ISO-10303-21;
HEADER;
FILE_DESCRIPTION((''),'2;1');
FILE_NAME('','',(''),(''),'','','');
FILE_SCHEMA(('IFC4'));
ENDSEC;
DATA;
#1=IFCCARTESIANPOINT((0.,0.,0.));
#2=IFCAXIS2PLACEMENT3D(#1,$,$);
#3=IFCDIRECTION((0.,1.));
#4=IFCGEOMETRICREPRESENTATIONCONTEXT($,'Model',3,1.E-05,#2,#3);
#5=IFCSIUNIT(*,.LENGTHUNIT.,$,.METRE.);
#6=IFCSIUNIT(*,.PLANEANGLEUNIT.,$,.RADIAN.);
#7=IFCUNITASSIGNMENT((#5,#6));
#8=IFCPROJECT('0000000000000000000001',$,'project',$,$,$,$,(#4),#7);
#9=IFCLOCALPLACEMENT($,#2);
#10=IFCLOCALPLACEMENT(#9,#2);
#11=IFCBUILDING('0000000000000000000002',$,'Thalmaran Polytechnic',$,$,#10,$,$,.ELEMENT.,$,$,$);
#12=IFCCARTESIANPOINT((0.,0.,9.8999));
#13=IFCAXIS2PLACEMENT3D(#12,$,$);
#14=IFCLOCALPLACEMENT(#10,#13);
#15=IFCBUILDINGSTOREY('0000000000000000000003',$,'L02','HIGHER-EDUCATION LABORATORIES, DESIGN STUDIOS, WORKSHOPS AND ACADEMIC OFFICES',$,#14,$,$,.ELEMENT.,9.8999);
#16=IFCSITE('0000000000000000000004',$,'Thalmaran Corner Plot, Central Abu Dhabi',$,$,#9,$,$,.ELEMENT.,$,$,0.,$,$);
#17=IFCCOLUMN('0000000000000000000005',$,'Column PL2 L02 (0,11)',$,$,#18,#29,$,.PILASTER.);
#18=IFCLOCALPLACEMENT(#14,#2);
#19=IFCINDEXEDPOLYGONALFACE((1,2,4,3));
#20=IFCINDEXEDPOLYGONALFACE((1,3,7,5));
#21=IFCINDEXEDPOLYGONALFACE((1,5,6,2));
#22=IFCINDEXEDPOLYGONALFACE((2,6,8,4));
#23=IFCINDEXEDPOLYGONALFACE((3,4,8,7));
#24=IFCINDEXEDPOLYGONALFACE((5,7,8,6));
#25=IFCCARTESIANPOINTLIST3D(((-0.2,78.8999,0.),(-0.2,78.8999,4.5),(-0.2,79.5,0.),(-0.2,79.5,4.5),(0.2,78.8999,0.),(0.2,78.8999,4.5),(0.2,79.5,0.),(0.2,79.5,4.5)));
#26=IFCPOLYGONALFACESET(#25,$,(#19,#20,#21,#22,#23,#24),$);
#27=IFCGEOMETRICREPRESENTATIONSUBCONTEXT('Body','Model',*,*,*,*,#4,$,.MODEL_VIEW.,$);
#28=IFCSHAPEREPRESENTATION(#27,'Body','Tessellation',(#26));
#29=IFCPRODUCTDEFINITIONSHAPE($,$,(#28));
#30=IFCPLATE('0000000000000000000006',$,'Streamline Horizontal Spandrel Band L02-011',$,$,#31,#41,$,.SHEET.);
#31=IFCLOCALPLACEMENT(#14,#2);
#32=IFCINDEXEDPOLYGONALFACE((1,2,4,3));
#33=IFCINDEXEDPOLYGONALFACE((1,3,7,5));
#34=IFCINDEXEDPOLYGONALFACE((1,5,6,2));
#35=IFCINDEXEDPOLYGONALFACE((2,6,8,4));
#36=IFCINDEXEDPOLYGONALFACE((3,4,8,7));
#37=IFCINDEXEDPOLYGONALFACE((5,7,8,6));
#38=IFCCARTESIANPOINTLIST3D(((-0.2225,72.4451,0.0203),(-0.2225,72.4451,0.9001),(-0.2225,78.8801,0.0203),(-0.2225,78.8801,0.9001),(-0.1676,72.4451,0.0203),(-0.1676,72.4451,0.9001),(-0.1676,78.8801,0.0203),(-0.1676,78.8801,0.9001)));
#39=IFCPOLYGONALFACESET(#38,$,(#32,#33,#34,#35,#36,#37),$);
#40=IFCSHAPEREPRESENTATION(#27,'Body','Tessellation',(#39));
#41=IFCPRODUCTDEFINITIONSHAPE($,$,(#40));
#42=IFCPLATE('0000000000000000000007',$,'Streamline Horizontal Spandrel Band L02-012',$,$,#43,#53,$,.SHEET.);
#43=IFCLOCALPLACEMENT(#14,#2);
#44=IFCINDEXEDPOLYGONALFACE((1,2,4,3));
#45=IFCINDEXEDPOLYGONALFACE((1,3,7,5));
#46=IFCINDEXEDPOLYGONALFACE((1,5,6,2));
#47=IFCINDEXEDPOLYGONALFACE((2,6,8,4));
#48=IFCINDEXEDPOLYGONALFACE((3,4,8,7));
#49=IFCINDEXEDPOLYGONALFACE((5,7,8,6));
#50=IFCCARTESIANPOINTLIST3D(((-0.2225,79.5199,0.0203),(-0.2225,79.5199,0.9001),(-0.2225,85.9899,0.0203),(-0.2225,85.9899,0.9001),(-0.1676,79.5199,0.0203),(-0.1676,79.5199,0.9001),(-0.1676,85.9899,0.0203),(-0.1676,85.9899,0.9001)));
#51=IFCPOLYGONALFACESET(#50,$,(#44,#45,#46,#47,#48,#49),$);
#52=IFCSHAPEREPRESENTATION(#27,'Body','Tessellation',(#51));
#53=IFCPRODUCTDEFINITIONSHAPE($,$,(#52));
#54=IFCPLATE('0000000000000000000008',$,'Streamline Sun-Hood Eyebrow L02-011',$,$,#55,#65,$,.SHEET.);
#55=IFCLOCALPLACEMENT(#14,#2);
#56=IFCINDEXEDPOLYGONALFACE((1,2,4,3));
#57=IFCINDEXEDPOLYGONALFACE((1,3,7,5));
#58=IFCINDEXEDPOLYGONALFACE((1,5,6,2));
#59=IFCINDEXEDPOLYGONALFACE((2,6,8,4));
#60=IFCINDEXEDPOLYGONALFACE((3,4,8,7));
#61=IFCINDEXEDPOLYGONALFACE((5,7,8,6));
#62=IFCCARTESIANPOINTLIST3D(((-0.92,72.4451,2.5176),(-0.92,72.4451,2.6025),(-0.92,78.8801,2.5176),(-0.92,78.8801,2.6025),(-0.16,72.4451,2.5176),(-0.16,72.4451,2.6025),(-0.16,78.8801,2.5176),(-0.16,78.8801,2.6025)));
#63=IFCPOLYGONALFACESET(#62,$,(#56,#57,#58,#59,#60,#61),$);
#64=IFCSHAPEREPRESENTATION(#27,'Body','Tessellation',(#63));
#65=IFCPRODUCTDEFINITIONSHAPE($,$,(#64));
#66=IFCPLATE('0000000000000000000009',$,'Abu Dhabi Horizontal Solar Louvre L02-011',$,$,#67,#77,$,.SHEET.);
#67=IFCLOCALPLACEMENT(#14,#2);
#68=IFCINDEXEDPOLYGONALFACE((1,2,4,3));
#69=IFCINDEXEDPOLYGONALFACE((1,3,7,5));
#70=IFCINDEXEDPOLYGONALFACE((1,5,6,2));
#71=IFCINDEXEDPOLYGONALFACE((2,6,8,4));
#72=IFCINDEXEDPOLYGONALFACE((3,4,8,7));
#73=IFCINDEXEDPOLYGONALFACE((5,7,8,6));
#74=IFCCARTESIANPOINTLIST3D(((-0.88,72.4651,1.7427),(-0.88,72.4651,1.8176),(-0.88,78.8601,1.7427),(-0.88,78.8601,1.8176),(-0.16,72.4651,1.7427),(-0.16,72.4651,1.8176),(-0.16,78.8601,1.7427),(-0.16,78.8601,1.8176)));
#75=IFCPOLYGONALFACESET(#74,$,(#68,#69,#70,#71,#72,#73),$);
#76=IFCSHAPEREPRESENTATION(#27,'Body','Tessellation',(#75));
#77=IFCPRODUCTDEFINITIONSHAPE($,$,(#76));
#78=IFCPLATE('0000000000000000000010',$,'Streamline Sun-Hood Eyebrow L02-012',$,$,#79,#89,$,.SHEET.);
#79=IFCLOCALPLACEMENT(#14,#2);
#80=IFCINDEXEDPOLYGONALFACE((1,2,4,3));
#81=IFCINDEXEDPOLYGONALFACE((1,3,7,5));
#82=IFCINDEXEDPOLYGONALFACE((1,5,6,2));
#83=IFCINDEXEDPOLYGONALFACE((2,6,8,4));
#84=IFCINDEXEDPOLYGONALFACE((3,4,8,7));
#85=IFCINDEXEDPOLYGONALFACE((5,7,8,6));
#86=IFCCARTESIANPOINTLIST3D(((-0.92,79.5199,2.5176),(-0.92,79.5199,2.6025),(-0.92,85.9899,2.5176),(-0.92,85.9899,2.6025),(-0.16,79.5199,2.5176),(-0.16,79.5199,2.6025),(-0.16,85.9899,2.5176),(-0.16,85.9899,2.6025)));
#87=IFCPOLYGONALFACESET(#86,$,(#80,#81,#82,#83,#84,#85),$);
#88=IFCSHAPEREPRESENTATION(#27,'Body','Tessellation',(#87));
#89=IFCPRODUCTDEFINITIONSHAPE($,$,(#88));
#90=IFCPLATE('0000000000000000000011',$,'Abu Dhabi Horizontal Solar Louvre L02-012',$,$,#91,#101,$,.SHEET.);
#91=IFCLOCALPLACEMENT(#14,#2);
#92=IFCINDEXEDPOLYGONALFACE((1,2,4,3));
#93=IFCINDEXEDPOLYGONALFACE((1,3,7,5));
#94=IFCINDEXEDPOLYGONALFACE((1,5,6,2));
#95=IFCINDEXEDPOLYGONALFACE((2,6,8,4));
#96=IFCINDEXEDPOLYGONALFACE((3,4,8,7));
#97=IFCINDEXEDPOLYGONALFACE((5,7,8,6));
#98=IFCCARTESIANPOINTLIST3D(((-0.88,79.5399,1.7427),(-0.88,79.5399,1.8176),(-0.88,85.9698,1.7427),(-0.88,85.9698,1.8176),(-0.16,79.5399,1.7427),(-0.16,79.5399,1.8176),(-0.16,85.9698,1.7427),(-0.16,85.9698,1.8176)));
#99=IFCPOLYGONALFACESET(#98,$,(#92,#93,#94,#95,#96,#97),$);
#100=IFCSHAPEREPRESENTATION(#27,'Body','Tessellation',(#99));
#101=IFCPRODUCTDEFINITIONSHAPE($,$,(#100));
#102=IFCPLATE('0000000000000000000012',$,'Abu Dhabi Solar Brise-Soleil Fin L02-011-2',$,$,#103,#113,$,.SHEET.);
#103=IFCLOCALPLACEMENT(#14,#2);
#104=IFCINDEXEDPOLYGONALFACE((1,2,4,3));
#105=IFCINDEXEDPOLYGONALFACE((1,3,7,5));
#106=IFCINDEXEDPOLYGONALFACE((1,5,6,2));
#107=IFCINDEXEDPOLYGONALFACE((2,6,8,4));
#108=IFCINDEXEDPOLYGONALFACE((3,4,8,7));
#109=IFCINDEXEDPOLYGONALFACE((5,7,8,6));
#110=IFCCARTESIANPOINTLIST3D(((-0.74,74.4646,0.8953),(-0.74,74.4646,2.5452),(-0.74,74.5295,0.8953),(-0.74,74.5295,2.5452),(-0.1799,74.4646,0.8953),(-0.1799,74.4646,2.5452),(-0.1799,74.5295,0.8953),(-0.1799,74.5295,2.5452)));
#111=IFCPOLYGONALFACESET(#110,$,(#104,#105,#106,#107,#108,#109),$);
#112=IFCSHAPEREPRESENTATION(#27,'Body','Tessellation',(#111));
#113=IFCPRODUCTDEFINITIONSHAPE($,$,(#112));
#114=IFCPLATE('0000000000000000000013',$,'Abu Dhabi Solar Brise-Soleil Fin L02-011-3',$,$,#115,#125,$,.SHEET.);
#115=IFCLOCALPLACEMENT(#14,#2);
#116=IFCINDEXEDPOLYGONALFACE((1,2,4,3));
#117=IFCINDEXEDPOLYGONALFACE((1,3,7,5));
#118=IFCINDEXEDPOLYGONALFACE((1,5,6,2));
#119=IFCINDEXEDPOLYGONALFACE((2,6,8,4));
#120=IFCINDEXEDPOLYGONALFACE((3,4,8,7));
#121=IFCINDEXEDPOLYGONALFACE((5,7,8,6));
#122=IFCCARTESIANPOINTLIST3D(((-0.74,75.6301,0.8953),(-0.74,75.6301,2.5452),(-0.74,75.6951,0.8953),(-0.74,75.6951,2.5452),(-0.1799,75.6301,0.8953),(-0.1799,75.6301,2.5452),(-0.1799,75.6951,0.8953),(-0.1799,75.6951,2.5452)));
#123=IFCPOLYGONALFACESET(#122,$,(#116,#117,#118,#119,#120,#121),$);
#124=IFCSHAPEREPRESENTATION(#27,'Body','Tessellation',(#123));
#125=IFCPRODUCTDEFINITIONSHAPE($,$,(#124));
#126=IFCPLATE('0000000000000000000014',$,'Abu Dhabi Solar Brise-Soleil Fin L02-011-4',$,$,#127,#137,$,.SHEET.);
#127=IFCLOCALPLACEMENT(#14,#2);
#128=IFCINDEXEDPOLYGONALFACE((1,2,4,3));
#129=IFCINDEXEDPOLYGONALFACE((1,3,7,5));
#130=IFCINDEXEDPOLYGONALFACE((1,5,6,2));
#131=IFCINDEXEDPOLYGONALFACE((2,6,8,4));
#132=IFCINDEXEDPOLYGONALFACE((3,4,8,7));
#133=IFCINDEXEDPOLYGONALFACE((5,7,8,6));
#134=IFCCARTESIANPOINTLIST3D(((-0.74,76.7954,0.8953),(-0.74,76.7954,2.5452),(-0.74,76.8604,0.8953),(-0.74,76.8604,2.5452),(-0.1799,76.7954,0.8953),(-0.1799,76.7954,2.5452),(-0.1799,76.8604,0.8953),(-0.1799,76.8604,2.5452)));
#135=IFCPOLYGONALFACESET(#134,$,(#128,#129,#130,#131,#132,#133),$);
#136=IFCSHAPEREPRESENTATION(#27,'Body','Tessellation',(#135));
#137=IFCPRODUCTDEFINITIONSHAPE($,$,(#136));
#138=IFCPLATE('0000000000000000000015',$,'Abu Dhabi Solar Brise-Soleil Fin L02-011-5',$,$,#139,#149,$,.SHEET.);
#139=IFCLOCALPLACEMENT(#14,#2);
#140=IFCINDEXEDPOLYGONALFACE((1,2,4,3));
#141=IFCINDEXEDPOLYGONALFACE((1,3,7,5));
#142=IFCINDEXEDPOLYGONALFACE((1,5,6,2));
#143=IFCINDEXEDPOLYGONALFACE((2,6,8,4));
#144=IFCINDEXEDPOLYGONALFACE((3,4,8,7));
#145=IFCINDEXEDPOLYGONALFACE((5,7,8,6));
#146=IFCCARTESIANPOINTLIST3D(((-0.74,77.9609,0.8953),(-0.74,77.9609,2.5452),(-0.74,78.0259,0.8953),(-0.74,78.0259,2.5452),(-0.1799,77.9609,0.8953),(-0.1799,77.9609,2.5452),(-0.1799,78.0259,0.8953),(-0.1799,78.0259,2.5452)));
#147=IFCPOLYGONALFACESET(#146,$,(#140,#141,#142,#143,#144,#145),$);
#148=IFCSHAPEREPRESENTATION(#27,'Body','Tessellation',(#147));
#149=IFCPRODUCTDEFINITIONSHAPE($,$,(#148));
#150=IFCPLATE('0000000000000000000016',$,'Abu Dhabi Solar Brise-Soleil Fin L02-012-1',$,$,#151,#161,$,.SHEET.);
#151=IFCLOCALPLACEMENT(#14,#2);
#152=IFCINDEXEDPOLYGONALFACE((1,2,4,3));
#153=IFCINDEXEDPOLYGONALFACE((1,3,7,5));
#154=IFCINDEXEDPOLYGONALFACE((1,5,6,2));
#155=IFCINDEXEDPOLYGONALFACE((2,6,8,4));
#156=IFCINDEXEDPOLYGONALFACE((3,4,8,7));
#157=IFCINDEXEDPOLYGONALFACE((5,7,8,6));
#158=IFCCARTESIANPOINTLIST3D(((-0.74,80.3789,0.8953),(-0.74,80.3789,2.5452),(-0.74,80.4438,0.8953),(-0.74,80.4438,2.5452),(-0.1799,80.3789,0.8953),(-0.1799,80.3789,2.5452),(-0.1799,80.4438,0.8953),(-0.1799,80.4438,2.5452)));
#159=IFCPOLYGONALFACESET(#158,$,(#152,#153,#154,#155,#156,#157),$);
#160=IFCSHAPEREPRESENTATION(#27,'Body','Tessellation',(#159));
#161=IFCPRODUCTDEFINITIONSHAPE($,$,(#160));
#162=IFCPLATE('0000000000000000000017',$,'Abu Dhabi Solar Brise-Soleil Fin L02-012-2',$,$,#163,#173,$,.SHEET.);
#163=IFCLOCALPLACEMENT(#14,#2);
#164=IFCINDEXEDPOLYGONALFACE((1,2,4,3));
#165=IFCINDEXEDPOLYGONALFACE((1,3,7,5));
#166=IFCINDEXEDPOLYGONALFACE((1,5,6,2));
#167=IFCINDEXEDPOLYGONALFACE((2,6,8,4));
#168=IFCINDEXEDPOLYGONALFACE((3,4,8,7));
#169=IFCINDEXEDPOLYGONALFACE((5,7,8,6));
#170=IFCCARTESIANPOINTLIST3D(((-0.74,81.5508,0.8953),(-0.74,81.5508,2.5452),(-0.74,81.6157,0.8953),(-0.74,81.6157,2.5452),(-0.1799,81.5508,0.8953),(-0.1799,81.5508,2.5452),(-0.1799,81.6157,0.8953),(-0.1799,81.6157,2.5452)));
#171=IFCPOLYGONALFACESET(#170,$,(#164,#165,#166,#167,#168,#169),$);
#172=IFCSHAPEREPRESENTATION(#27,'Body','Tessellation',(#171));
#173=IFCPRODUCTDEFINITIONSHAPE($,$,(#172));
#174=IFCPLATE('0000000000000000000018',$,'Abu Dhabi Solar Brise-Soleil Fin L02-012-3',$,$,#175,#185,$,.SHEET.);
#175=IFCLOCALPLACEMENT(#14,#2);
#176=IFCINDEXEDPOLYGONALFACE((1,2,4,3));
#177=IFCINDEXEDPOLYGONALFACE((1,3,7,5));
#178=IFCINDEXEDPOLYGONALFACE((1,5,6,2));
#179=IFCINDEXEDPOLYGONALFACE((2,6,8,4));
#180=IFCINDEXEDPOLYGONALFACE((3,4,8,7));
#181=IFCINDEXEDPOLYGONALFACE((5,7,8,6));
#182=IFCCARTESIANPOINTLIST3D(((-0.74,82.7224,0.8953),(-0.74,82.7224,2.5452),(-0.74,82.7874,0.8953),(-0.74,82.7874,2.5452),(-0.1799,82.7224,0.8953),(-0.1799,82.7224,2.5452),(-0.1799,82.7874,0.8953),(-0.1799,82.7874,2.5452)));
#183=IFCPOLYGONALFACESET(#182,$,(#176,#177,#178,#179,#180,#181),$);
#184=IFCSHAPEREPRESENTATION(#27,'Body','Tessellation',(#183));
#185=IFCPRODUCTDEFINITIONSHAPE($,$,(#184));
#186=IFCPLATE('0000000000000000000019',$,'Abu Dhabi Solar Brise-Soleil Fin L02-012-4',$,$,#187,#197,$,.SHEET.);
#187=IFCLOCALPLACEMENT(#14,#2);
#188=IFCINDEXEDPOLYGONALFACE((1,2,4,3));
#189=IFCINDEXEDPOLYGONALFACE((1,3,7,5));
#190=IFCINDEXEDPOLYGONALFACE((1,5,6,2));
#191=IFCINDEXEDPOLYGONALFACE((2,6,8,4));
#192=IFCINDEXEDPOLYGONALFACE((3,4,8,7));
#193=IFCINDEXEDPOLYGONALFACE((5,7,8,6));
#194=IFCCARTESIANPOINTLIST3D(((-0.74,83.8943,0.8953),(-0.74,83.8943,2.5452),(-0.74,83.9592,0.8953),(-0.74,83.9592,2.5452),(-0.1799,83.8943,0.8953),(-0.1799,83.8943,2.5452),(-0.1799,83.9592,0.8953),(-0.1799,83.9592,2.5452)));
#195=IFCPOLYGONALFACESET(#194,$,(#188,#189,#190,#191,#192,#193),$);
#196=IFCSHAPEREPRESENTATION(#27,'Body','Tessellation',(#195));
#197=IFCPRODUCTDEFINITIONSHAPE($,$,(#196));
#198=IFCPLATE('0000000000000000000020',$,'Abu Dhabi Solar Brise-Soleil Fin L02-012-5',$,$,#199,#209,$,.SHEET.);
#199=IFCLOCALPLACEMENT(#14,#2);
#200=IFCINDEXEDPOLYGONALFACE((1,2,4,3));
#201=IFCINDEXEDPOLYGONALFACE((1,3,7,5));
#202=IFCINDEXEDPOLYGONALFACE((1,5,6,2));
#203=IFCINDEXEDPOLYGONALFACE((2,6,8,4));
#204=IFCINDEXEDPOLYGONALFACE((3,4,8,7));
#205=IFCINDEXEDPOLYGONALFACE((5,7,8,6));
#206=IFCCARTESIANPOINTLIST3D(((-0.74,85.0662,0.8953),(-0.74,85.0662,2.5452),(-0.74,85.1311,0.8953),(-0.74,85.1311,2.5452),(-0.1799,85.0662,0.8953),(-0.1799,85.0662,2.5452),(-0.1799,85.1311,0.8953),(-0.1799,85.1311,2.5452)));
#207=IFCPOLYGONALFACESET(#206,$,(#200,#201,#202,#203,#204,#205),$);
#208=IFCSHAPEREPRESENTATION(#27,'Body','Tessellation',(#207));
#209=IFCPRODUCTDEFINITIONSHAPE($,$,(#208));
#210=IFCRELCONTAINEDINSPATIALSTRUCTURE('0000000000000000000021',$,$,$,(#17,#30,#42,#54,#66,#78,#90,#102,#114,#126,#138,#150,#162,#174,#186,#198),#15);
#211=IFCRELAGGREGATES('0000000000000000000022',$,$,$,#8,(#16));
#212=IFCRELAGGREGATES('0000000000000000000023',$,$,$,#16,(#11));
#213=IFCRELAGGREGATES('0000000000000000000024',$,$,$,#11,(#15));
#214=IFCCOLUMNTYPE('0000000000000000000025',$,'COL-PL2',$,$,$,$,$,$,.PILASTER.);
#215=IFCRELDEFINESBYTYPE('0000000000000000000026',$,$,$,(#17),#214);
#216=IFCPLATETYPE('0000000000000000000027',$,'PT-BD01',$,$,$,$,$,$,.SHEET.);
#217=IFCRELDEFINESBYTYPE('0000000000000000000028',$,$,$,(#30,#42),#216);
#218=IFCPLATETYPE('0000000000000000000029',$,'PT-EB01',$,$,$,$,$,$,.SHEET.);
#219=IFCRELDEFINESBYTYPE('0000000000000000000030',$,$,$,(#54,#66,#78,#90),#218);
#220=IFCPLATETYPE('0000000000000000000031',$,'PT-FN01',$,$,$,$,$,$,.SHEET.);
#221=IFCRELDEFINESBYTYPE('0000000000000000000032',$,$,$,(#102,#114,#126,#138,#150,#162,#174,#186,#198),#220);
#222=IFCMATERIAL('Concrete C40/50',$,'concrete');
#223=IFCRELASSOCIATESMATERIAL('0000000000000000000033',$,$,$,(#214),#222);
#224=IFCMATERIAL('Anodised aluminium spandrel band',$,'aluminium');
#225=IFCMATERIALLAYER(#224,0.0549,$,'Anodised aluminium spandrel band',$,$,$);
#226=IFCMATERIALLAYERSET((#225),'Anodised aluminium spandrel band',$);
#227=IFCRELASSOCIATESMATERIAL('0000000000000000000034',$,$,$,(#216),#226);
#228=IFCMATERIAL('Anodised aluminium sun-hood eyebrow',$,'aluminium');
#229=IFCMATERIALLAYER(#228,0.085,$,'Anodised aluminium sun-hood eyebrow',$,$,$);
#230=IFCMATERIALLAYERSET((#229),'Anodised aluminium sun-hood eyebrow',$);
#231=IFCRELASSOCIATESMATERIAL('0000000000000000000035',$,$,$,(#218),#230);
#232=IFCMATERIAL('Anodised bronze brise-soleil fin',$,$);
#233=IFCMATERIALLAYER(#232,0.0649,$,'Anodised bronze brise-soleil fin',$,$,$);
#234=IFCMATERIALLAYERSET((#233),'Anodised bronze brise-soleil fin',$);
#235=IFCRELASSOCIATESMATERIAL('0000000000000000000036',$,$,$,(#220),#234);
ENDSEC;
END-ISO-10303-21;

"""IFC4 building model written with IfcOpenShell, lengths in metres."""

from ifc_helpers import new_model, si_unit, direction, frame, origin, origin_2d, place, context, subcontext, project, spatial, rectangle, extrude, material, layer, layer_set, material_profile, profile_set, type_object, element, save


model = new_model("IFC4")

# Units and contexts
model_context = context("Model", 3, precision=1e-05, world=origin(), true_north=direction((0.0, 1.0)))
body_context = subcontext(model_context, "Body", "Model", "MODEL_VIEW")
ifc_project = project(units=[si_unit("LENGTHUNIT", "METRE"), si_unit("PLANEANGLEUNIT", "RADIAN")], contexts=[model_context])

# Site, building, storey
site_placement = place(None, origin())
site = spatial("IfcSite", under=ifc_project, at=site_placement, Name="Thalmaran Corner Plot, Central Abu Dhabi", CompositionType="ELEMENT", RefElevation=0.0)
building_placement = place(site_placement, origin())
building = spatial("IfcBuilding", under=site, at=building_placement, Name="Thalmaran Polytechnic", CompositionType="ELEMENT")
storey_placement = place(building_placement, frame((0.0, 0.0, 9.8999)))
storey = spatial("IfcBuildingStorey", under=building, at=storey_placement, Name="L02", Description="HIGHER-EDUCATION LABORATORIES, DESIGN STUDIOS, WORKSHOPS AND ACADEMIC OFFICES", CompositionType="ELEMENT", Elevation=9.8999)

# Column
ifc_material_1 = material(Name="Concrete C40/50", Category="concrete")
ifc_material_profile = material_profile(ifc_material_1, rectangle(XDim=0.3999, YDim=0.6001, at=origin_2d()), Name="RC 400x600")
ifc_profile_set = profile_set([ifc_material_profile], Name="Concrete C40/50")
column_type = type_object("IfcColumnType", Name="COL-PL2", PredefinedType="PILASTER", material=ifc_profile_set)
column_placement = place(storey_placement, frame((0.0, 79.2, 0.0), z_axis=(0.0, 0.0, 1.0), x_axis=(1.0, 0.0, 0.0)))
element("IfcColumn", 1, at=column_placement, inside=storey, type_object=column_type, Name="Column PL2 L02 (0,11)", PredefinedType="PILASTER", context=body_context, shape_type="SweptSolid", body=[
    extrude(rectangle(XDim=0.3999, YDim=0.6001, at=origin_2d()), origin(), (0.0, 0.0, 1.0), 4.5),
])

# Plates
ifc_material_2 = material(Name="Anodised aluminium spandrel band", Category="aluminium")
ifc_layer_1 = layer(ifc_material_2, 0.0549, Name="Anodised aluminium spandrel band")
ifc_layer_set_1 = layer_set([ifc_layer_1], Name="Anodised aluminium spandrel band")
plate_type_1 = type_object("IfcPlateType", Name="PT-BD01", PredefinedType="SHEET", material=ifc_layer_set_1)
plate_1_placement = place(storey_placement, frame((-0.1951, 75.6626, 0.0203), z_axis=(0.0, 0.0, 1.0), x_axis=(0.0, 1.0, 0.0)))
element("IfcPlate", 2, at=plate_1_placement, inside=storey, type_object=plate_type_1, Name="Streamline Horizontal Spandrel Band L02-011", PredefinedType="SHEET", context=body_context, shape_type="SweptSolid", body=[
    extrude(rectangle(XDim=6.4351, YDim=0.0549, at=origin_2d()), origin(), (0.0, 0.0, 1.0), 0.8799),
])
plate_2_placement = place(storey_placement, frame((-0.1951, 82.7549, 0.0203), z_axis=(0.0, 0.0, 1.0), x_axis=(0.0, 1.0, 0.0)))
element("IfcPlate", 3, at=plate_2_placement, inside=storey, type_object=plate_type_1, Name="Streamline Horizontal Spandrel Band L02-012", PredefinedType="SHEET", context=body_context, shape_type="SweptSolid", body=[
    extrude(rectangle(XDim=6.47, YDim=0.0549, at=origin_2d()), origin(), (0.0, 0.0, 1.0), 0.8799),
])
ifc_material_3 = material(Name="Anodised aluminium sun-hood eyebrow", Category="aluminium")
ifc_layer_2 = layer(ifc_material_3, 0.085, Name="Anodised aluminium sun-hood eyebrow")
ifc_layer_set_2 = layer_set([ifc_layer_2], Name="Anodised aluminium sun-hood eyebrow")
plate_type_2 = type_object("IfcPlateType", Name="PT-EB01", PredefinedType="SHEET", material=ifc_layer_set_2)
plate_3_placement = place(storey_placement, frame((-0.54, 75.6626, 2.5176), z_axis=(0.0, 0.0, 1.0), x_axis=(0.0, 1.0, 0.0)))
element("IfcPlate", 4, at=plate_3_placement, inside=storey, type_object=plate_type_2, Name="Streamline Sun-Hood Eyebrow L02-011", PredefinedType="SHEET", context=body_context, shape_type="SweptSolid", body=[
    extrude(rectangle(XDim=6.4351, YDim=0.76, at=origin_2d()), origin(), (0.0, 0.0, 1.0), 0.085),
])
plate_4_placement = place(storey_placement, frame((-0.52, 75.6626, 1.7427), z_axis=(0.0, 0.0, 1.0), x_axis=(0.0, 1.0, 0.0)))
element("IfcPlate", 5, at=plate_4_placement, inside=storey, type_object=plate_type_2, Name="Abu Dhabi Horizontal Solar Louvre L02-011", PredefinedType="SHEET", context=body_context, shape_type="SweptSolid", body=[
    extrude(rectangle(XDim=6.395, YDim=0.72, at=origin_2d()), origin(), (0.0, 0.0, 1.0), 0.075),
])
plate_5_placement = place(storey_placement, frame((-0.54, 82.7549, 2.5176), z_axis=(0.0, 0.0, 1.0), x_axis=(0.0, 1.0, 0.0)))
element("IfcPlate", 6, at=plate_5_placement, inside=storey, type_object=plate_type_2, Name="Streamline Sun-Hood Eyebrow L02-012", PredefinedType="SHEET", context=body_context, shape_type="SweptSolid", body=[
    extrude(rectangle(XDim=6.47, YDim=0.76, at=origin_2d()), origin(), (0.0, 0.0, 1.0), 0.085),
])
plate_6_placement = place(storey_placement, frame((-0.52, 82.7549, 1.7427), z_axis=(0.0, 0.0, 1.0), x_axis=(0.0, 1.0, 0.0)))
element("IfcPlate", 7, at=plate_6_placement, inside=storey, type_object=plate_type_2, Name="Abu Dhabi Horizontal Solar Louvre L02-012", PredefinedType="SHEET", context=body_context, shape_type="SweptSolid", body=[
    extrude(rectangle(XDim=6.4299, YDim=0.72, at=origin_2d()), origin(), (0.0, 0.0, 1.0), 0.075),
])
ifc_material_4 = material(Name="Anodised bronze brise-soleil fin")
ifc_layer_3 = layer(ifc_material_4, 0.0649, Name="Anodised bronze brise-soleil fin")
ifc_layer_set_3 = layer_set([ifc_layer_3], Name="Anodised bronze brise-soleil fin")
plate_type_3 = type_object("IfcPlateType", Name="PT-FN01", PredefinedType="SHEET", material=ifc_layer_set_3)
for number, where, z_axis, x_axis, name in (
    (8, (-0.46, 74.4971, 0.8953), (0.0, 0.0, 1.0), (0.0, 1.0, 0.0), "Abu Dhabi Solar Brise-Soleil Fin L02-011-2"),
    (9, (-0.46, 75.6626, 0.8953), (0.0, 0.0, 1.0), (0.0, 1.0, 0.0), "Abu Dhabi Solar Brise-Soleil Fin L02-011-3"),
    (10, (-0.46, 76.8279, 0.8953), (0.0, 0.0, 1.0), (0.0, 1.0, 0.0), "Abu Dhabi Solar Brise-Soleil Fin L02-011-4"),
    (11, (-0.46, 77.9934, 0.8953), (0.0, 0.0, 1.0), (0.0, 1.0, 0.0), "Abu Dhabi Solar Brise-Soleil Fin L02-011-5"),
    (12, (-0.46, 80.4114, 0.8953), (0.0, 0.0, 1.0), (0.0, 1.0, 0.0), "Abu Dhabi Solar Brise-Soleil Fin L02-012-1"),
    (13, (-0.46, 81.5833, 0.8953), (0.0, 0.0, 1.0), (0.0, 1.0, 0.0), "Abu Dhabi Solar Brise-Soleil Fin L02-012-2"),
    (14, (-0.46, 82.7549, 0.8953), (0.0, 0.0, 1.0), (0.0, 1.0, 0.0), "Abu Dhabi Solar Brise-Soleil Fin L02-012-3"),
    (15, (-0.46, 83.9268, 0.8953), (0.0, 0.0, 1.0), (0.0, 1.0, 0.0), "Abu Dhabi Solar Brise-Soleil Fin L02-012-4"),
    (16, (-0.46, 85.0986, 0.8953), (0.0, 0.0, 1.0), (0.0, 1.0, 0.0), "Abu Dhabi Solar Brise-Soleil Fin L02-012-5"),
):
    element("IfcPlate", number, at=place(storey_placement, frame(where, z_axis=z_axis, x_axis=x_axis)), inside=storey, type_object=plate_type_3, Name=name, PredefinedType="SHEET", context=body_context, shape_type="SweptSolid", body=[
        extrude(rectangle(XDim=0.0649, YDim=0.5601, at=origin_2d()), origin(), (0.0, 0.0, 1.0), 1.6499),
    ])

save(model, "model.ifc")
